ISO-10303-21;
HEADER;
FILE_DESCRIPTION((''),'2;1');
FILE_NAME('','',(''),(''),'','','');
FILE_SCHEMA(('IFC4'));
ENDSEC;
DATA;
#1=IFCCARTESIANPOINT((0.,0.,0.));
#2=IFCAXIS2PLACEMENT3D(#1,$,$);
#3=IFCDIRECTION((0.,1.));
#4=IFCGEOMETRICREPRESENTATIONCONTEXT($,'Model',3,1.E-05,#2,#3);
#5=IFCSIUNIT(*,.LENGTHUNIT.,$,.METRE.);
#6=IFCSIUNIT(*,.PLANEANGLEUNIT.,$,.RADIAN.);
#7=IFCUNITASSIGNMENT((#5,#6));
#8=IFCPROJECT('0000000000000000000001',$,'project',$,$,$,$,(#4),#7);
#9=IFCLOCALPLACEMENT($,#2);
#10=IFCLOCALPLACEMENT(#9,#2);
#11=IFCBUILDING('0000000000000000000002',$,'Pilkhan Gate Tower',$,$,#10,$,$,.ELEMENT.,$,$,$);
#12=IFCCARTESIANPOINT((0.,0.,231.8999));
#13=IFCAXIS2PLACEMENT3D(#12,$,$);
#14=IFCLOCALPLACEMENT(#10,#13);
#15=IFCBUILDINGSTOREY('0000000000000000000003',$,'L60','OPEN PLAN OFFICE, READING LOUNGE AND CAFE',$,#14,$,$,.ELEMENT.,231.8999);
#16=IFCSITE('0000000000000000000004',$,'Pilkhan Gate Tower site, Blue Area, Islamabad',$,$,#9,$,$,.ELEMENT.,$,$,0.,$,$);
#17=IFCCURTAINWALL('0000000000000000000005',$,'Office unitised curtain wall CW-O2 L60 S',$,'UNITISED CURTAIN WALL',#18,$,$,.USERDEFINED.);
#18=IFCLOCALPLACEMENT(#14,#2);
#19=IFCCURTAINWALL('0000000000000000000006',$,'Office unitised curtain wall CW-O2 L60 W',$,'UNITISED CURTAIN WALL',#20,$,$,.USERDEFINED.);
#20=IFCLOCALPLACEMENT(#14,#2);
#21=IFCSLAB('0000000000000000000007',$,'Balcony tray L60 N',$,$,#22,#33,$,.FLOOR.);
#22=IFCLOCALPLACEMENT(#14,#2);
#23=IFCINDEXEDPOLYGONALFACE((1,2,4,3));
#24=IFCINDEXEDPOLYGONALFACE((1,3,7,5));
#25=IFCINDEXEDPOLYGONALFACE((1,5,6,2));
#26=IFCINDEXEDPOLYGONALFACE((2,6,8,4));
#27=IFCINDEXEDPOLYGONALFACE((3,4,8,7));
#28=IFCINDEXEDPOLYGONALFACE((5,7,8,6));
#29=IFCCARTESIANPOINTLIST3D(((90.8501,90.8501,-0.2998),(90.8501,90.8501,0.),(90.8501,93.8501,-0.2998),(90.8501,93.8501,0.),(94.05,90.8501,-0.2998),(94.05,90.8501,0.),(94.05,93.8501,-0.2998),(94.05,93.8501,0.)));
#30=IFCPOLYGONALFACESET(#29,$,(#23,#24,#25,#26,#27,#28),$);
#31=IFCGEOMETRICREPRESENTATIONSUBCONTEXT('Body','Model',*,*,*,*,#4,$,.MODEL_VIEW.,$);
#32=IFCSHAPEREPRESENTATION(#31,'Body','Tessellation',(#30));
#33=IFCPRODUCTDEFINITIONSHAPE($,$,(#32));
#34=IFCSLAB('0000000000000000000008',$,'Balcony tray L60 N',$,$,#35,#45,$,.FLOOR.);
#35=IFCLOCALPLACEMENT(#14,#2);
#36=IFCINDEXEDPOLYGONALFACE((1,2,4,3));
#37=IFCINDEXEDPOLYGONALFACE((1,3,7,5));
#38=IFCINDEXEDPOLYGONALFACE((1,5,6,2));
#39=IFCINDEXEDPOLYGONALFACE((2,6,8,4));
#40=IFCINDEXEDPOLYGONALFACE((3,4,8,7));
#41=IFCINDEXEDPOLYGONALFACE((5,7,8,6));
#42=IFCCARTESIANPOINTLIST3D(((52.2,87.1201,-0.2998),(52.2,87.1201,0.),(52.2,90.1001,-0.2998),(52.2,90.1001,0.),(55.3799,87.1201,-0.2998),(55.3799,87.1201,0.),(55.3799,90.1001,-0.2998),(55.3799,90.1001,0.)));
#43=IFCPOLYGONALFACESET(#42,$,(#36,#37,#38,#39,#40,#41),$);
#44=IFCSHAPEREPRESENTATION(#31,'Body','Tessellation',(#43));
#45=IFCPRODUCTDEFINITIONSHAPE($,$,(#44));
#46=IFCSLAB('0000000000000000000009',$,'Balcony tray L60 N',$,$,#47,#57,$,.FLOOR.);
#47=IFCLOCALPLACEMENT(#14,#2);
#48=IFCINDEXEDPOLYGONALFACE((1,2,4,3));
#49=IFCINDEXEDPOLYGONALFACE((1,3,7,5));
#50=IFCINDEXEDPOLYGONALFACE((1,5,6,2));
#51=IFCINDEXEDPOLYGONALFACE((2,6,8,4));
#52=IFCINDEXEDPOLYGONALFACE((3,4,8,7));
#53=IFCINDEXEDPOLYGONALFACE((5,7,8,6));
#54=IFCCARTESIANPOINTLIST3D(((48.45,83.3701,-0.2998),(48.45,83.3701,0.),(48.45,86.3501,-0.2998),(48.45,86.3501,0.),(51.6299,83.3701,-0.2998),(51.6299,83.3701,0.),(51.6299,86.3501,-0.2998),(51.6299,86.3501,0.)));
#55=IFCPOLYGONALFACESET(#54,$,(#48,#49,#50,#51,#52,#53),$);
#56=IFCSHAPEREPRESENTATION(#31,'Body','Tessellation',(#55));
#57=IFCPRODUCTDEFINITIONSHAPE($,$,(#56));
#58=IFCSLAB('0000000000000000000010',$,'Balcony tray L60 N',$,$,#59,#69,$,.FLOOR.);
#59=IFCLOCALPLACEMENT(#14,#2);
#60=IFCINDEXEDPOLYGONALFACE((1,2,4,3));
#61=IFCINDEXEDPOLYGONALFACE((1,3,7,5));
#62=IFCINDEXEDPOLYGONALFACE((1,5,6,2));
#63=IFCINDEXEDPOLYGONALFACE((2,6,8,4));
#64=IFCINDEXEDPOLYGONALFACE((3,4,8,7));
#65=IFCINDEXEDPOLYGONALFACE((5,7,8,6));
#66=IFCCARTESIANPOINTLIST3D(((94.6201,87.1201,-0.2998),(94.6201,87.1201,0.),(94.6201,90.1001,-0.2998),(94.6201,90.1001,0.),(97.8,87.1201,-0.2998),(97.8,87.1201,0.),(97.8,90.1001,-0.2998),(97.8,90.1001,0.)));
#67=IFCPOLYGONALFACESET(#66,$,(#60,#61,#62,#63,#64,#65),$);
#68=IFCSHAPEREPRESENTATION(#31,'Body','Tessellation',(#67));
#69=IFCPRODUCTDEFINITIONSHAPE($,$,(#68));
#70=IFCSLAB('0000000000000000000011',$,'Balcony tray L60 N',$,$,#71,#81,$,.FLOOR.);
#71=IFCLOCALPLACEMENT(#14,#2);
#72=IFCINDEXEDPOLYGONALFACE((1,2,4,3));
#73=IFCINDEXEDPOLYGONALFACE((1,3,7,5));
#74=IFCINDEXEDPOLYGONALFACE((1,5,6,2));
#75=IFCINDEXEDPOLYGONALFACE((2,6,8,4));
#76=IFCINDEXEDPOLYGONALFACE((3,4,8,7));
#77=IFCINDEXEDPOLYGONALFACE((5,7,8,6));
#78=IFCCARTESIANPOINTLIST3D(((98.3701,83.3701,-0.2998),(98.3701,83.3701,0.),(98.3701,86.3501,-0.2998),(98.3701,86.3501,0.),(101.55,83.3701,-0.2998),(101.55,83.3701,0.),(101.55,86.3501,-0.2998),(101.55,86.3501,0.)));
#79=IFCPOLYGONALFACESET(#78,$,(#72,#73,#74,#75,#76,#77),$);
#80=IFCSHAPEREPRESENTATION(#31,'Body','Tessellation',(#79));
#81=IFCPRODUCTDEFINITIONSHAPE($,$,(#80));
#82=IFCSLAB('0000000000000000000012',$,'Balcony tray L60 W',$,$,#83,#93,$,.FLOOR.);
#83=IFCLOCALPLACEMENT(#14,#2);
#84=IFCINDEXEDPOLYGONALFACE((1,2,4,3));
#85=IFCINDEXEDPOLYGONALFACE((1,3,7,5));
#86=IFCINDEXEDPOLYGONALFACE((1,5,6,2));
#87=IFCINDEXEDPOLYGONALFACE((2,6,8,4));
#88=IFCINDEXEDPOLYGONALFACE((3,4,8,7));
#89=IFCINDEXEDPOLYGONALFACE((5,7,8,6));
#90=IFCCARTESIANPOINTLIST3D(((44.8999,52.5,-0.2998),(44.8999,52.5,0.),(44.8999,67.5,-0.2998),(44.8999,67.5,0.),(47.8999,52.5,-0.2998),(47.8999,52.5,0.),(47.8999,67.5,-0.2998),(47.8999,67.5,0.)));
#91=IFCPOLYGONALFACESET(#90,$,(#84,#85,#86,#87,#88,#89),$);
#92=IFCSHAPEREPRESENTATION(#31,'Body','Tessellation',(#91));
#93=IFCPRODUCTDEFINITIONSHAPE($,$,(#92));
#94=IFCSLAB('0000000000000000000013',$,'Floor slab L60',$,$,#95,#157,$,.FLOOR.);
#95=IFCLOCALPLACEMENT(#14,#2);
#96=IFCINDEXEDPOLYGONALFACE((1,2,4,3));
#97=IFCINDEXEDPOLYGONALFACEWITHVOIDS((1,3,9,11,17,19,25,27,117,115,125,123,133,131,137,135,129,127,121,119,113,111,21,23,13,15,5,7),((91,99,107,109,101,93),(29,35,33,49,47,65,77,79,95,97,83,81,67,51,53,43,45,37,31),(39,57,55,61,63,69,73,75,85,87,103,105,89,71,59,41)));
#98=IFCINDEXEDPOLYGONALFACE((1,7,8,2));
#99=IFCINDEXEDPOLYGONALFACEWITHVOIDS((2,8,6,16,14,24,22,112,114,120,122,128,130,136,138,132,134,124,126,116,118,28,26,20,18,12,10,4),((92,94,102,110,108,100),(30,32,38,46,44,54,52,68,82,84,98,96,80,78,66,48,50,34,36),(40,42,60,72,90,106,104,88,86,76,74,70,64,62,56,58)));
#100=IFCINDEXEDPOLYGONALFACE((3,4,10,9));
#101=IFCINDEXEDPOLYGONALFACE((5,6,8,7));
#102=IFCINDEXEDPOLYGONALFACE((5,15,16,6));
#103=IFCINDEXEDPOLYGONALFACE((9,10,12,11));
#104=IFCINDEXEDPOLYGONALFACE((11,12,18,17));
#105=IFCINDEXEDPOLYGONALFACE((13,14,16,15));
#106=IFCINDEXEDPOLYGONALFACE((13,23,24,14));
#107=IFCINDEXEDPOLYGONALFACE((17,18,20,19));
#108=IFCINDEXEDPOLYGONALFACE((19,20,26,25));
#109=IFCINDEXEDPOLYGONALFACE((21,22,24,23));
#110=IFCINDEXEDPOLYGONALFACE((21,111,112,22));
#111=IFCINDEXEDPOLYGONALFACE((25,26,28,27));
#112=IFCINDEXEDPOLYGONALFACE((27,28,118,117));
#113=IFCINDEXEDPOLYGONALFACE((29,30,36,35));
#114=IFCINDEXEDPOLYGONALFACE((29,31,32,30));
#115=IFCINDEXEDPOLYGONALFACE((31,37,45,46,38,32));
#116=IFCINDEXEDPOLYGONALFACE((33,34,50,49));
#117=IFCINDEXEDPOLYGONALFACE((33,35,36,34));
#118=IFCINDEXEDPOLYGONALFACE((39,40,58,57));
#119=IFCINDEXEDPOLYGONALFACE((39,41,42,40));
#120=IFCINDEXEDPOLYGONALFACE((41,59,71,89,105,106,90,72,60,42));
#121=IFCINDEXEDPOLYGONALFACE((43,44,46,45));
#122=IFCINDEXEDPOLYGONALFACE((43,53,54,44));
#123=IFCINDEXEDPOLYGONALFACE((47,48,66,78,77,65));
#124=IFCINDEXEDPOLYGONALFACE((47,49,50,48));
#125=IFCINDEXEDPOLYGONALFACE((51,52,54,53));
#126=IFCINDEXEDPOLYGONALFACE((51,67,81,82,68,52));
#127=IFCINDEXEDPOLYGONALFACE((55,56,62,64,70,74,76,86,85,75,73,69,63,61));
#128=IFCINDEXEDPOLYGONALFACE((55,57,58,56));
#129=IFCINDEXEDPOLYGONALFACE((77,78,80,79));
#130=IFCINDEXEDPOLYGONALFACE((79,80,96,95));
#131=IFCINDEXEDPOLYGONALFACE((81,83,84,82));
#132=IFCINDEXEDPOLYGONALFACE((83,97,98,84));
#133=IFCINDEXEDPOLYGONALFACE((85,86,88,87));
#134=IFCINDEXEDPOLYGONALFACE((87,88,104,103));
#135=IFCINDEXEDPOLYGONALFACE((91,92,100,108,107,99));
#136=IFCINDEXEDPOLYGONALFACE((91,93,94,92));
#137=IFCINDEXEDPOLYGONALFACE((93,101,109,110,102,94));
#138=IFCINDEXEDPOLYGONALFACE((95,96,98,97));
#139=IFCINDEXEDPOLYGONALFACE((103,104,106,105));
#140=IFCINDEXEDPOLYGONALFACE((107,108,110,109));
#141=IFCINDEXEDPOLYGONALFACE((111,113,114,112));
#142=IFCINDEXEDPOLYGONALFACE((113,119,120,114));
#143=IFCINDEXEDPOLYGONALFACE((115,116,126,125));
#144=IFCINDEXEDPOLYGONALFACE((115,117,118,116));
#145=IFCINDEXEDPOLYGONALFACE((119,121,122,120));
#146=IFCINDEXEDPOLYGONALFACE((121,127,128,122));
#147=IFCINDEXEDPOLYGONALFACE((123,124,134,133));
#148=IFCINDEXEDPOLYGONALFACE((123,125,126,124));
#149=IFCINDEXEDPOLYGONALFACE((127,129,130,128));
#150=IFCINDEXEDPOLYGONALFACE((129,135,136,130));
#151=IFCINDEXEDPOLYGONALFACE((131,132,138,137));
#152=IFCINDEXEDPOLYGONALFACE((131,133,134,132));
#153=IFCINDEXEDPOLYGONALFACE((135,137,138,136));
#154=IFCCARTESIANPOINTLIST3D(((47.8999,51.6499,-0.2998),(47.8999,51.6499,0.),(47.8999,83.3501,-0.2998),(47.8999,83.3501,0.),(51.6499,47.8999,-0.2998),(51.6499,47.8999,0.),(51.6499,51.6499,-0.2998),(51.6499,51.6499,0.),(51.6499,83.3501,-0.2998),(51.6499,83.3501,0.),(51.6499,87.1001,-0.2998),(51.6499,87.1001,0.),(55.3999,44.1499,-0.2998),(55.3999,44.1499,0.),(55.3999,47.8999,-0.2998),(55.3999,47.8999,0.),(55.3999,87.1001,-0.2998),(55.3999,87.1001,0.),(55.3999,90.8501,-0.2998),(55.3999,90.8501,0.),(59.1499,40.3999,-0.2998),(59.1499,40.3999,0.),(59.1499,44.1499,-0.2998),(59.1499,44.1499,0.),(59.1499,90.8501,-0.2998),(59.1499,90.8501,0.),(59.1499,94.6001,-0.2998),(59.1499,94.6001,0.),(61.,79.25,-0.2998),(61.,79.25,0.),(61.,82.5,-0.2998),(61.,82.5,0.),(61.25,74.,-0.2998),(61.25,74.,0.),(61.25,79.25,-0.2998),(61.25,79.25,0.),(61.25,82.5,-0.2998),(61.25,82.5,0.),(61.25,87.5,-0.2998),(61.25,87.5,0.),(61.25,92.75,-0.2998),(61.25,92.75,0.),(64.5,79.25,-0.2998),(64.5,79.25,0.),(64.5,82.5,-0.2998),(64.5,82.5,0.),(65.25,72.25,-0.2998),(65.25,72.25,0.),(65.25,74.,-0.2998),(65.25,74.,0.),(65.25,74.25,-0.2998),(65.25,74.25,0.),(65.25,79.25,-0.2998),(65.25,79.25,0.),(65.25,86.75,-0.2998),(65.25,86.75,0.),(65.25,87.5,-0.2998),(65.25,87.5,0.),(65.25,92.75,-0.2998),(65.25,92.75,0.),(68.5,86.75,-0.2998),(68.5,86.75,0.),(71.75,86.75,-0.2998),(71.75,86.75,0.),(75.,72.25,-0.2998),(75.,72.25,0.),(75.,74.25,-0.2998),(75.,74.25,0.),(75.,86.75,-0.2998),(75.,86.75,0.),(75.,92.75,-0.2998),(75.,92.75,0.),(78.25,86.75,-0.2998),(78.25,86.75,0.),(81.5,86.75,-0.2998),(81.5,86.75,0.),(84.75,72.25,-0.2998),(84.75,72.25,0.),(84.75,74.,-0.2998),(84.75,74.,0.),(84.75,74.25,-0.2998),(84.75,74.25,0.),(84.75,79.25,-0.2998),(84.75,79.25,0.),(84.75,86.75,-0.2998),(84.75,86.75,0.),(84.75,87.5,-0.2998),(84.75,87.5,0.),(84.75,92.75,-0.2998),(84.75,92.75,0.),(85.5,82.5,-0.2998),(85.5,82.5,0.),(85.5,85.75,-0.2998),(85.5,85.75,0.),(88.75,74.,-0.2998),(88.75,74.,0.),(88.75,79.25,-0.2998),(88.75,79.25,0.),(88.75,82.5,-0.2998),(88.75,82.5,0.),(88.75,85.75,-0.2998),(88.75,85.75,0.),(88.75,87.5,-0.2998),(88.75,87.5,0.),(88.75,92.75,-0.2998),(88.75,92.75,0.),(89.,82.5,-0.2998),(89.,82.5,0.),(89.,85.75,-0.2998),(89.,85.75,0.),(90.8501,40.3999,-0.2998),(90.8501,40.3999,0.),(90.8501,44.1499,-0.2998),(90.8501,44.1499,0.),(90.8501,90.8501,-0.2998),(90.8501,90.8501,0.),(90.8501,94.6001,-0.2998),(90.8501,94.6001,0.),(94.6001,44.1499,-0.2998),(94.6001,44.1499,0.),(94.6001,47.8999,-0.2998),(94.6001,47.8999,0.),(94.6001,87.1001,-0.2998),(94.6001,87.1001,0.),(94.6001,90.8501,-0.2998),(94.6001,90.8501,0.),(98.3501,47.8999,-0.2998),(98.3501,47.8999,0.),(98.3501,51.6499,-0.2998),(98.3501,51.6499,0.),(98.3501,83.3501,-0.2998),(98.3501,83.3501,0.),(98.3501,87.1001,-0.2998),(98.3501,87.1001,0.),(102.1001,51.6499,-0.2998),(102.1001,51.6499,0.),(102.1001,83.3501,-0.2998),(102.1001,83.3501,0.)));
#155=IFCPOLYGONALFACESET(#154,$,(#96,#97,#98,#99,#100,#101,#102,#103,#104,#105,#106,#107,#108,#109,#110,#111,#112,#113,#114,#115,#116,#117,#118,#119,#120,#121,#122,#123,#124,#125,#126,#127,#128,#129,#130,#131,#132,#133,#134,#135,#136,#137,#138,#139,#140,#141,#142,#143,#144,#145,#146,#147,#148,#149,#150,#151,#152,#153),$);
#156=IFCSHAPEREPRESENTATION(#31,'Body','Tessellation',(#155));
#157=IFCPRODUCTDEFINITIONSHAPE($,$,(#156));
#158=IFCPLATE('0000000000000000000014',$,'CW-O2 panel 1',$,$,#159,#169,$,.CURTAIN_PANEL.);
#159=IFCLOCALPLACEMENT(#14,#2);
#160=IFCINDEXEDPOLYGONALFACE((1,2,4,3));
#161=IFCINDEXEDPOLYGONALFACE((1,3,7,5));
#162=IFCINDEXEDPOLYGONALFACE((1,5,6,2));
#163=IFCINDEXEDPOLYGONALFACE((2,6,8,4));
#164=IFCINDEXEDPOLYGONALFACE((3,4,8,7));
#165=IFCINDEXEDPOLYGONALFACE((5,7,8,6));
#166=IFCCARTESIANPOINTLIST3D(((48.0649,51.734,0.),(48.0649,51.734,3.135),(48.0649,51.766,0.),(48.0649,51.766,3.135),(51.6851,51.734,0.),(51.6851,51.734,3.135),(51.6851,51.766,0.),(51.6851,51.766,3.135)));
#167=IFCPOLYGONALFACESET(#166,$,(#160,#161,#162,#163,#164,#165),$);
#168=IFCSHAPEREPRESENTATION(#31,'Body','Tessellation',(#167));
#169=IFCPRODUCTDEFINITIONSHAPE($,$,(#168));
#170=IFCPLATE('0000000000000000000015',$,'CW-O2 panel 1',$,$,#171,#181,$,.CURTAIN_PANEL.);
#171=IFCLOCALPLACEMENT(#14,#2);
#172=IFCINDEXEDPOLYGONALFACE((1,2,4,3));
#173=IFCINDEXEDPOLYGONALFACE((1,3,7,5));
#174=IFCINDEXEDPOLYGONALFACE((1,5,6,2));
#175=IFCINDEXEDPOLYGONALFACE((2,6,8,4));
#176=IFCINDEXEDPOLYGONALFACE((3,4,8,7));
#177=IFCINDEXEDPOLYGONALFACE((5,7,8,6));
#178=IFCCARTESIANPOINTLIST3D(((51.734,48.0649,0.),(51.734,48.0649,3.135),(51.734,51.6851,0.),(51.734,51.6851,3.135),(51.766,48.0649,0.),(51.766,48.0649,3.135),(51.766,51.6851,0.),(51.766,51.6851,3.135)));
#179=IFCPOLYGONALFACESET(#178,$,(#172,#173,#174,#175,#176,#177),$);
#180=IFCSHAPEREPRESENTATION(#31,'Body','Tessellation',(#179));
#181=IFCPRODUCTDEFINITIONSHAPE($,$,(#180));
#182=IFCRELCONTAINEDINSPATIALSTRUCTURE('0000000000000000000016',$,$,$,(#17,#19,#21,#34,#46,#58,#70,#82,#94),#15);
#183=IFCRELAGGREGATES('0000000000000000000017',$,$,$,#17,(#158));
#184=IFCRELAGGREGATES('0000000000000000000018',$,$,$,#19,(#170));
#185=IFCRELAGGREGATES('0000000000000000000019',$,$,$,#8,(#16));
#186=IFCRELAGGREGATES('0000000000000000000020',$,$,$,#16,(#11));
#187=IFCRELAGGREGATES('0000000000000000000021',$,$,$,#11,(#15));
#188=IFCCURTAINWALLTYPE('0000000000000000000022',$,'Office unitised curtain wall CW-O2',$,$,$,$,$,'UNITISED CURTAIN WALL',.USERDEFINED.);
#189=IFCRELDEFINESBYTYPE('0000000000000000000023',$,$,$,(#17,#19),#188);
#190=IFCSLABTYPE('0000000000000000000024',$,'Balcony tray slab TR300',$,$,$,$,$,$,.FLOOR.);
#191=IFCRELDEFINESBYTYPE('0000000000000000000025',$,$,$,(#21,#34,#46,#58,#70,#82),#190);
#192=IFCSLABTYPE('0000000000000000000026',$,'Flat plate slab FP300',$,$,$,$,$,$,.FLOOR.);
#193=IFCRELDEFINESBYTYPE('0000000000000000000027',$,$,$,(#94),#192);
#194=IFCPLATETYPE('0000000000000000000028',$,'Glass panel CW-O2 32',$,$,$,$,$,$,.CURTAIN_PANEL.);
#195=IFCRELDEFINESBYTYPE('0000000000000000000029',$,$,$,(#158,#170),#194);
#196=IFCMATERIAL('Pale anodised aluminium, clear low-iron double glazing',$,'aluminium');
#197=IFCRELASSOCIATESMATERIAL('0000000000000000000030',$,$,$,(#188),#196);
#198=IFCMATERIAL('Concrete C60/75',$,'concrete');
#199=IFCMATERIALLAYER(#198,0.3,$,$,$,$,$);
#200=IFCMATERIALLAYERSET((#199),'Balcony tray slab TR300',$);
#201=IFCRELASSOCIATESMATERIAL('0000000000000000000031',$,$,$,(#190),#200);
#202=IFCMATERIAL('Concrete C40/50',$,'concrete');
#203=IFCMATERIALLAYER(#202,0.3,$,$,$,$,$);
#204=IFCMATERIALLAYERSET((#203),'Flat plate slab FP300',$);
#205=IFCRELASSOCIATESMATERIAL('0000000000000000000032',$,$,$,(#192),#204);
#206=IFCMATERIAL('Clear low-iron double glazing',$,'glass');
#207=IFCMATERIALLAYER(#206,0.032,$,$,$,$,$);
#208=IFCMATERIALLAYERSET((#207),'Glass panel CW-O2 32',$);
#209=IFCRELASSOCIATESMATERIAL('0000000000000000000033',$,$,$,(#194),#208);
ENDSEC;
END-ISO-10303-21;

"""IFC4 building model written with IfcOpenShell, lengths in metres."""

from ifc_helpers import new_model, si_unit, direction, frame, origin, origin_2d, place, context, subcontext, project, spatial, polyline, rectangle, outline, extrude, material, layer, layer_set, type_object, element, aggregate, save


model = new_model("IFC4")

# Units and contexts
model_context = context("Model", 3, precision=1e-05, world=origin(), true_north=direction((0.0, 1.0)))
body_context = subcontext(model_context, "Body", "Model", "MODEL_VIEW")
ifc_project = project(units=[si_unit("LENGTHUNIT", "METRE"), si_unit("PLANEANGLEUNIT", "RADIAN")], contexts=[model_context])

# Site, building, storey
site_placement = place(None, origin())
site = spatial("IfcSite", under=ifc_project, at=site_placement, Name="Pilkhan Gate Tower site, Blue Area, Islamabad", CompositionType="ELEMENT", RefElevation=0.0)
building_placement = place(site_placement, origin())
building = spatial("IfcBuilding", under=site, at=building_placement, Name="Pilkhan Gate Tower", CompositionType="ELEMENT")
storey_placement = place(building_placement, frame((0.0, 0.0, 231.8999)))
storey = spatial("IfcBuildingStorey", under=building, at=storey_placement, Name="L60", Description="OPEN PLAN OFFICE, READING LOUNGE AND CAFE", CompositionType="ELEMENT", Elevation=231.8999)

# Shared definitions
ifc_material_1 = material(Name="Pale anodised aluminium, clear low-iron double glazing", Category="aluminium")
curtain_wall_type = type_object("IfcCurtainWallType", Name="Office unitised curtain wall CW-O2", ElementType="UNITISED CURTAIN WALL", PredefinedType="USERDEFINED", material=ifc_material_1)

# Curtain walls
curtain_wall_1_placement = place(storey_placement, origin())
curtain_wall_1 = element("IfcCurtainWall", 1, at=curtain_wall_1_placement, inside=storey, type_object=curtain_wall_type, Name="Office unitised curtain wall CW-O2 L60 S", ObjectType="UNITISED CURTAIN WALL", PredefinedType="USERDEFINED")
curtain_wall_2_placement = place(storey_placement, origin())
curtain_wall_2 = element("IfcCurtainWall", 2, at=curtain_wall_2_placement, inside=storey, type_object=curtain_wall_type, Name="Office unitised curtain wall CW-O2 L60 W", ObjectType="UNITISED CURTAIN WALL", PredefinedType="USERDEFINED")

# Slabs
ifc_material_2 = material(Name="Concrete C60/75", Category="concrete")
ifc_layer_1 = layer(ifc_material_2, 0.3)
ifc_layer_set_1 = layer_set([ifc_layer_1], Name="Balcony tray slab TR300")
slab_type_1 = type_object("IfcSlabType", Name="Balcony tray slab TR300", PredefinedType="FLOOR", material=ifc_layer_set_1)
slab_1_placement = place(storey_placement, frame((0.0, 0.0, -0.2998)))
element("IfcSlab", 3, at=slab_1_placement, inside=storey, type_object=slab_type_1, Name="Balcony tray L60 N", PredefinedType="FLOOR", context=body_context, shape_type="SweptSolid", body=[
    extrude(outline(polyline([(94.05, 90.8501), (94.05, 93.8501), (90.8501, 93.8501), (90.8501, 90.8501), (94.05, 90.8501)])), origin(), (0.0, 0.0, 1.0), 0.2998),
])
slab_2_placement = place(storey_placement, frame((0.0, 0.0, -0.2998)))
element("IfcSlab", 4, at=slab_2_placement, inside=storey, type_object=slab_type_1, Name="Balcony tray L60 N", PredefinedType="FLOOR", context=body_context, shape_type="SweptSolid", body=[
    extrude(outline(polyline([(55.3799, 87.1201), (55.3799, 90.1001), (52.2, 90.1001), (52.2, 87.1201), (55.3799, 87.1201)])), origin(), (0.0, 0.0, 1.0), 0.2998),
])
slab_3_placement = place(storey_placement, frame((0.0, 0.0, -0.2998)))
element("IfcSlab", 5, at=slab_3_placement, inside=storey, type_object=slab_type_1, Name="Balcony tray L60 N", PredefinedType="FLOOR", context=body_context, shape_type="SweptSolid", body=[
    extrude(outline(polyline([(51.6299, 83.3701), (51.6299, 86.3501), (48.45, 86.3501), (48.45, 83.3701), (51.6299, 83.3701)])), origin(), (0.0, 0.0, 1.0), 0.2998),
])
slab_4_placement = place(storey_placement, frame((0.0, 0.0, -0.2998)))
element("IfcSlab", 6, at=slab_4_placement, inside=storey, type_object=slab_type_1, Name="Balcony tray L60 N", PredefinedType="FLOOR", context=body_context, shape_type="SweptSolid", body=[
    extrude(outline(polyline([(97.8, 87.1201), (97.8, 90.1001), (94.6201, 90.1001), (94.6201, 87.1201), (97.8, 87.1201)])), origin(), (0.0, 0.0, 1.0), 0.2998),
])
slab_5_placement = place(storey_placement, frame((0.0, 0.0, -0.2998)))
element("IfcSlab", 7, at=slab_5_placement, inside=storey, type_object=slab_type_1, Name="Balcony tray L60 N", PredefinedType="FLOOR", context=body_context, shape_type="SweptSolid", body=[
    extrude(outline(polyline([(101.55, 83.3701), (101.55, 86.3501), (98.3701, 86.3501), (98.3701, 83.3701), (101.55, 83.3701)])), origin(), (0.0, 0.0, 1.0), 0.2998),
])
slab_6_placement = place(storey_placement, frame((0.0, 0.0, -0.2998)))
element("IfcSlab", 8, at=slab_6_placement, inside=storey, type_object=slab_type_1, Name="Balcony tray L60 W", PredefinedType="FLOOR", context=body_context, shape_type="SweptSolid", body=[
    extrude(outline(polyline([(47.8999, 52.5), (47.8999, 67.5), (44.8999, 67.5), (44.8999, 52.5), (47.8999, 52.5)])), origin(), (0.0, 0.0, 1.0), 0.2998),
])
ifc_material_3 = material(Name="Concrete C40/50", Category="concrete")
ifc_layer_2 = layer(ifc_material_3, 0.3)
ifc_layer_set_2 = layer_set([ifc_layer_2], Name="Flat plate slab FP300")
slab_type_2 = type_object("IfcSlabType", Name="Flat plate slab FP300", PredefinedType="FLOOR", material=ifc_layer_set_2)
slab_7_placement = place(storey_placement, frame((0.0, 0.0, -0.2998)))
element("IfcSlab", 9, at=slab_7_placement, inside=storey, type_object=slab_type_2, Name="Floor slab L60", PredefinedType="FLOOR", context=body_context, shape_type="SweptSolid", body=[
    extrude(outline(polyline([(98.3501, 47.8999), (94.6001, 47.8999), (94.6001, 44.1499), (90.8501, 44.1499), (90.8501, 40.3999), (59.1499, 40.3999), (59.1499, 44.1499), (55.3999, 44.1499), (55.3999, 47.8999), (51.6499, 47.8999), (51.6499, 51.6499), (47.8999, 51.6499), (47.8999, 83.3501), (51.6499, 83.3501), (51.6499, 87.1001), (55.3999, 87.1001), (55.3999, 90.8501), (59.1499, 90.8501), (59.1499, 94.6001), (90.8501, 94.6001), (90.8501, 90.8501), (94.6001, 90.8501), (94.6001, 87.1001), (98.3501, 87.1001), (98.3501, 83.3501), (102.1001, 83.3501), (102.1001, 51.6499), (98.3501, 51.6499), (98.3501, 47.8999)]), holes=[polyline([(75.0, 72.25), (84.75, 72.25), (84.75, 74.0), (88.75, 74.0), (88.75, 79.25), (84.75, 79.25), (84.75, 74.25), (75.0, 74.25), (65.25, 74.25), (65.25, 79.25), (64.5, 79.25), (64.5, 82.5), (61.25, 82.5), (61.0, 82.5), (61.0, 79.25), (61.25, 79.25), (61.25, 74.0), (65.25, 74.0), (65.25, 72.25), (75.0, 72.25)]), polyline([(68.5, 86.75), (71.75, 86.75), (75.0, 86.75), (78.25, 86.75), (81.5, 86.75), (84.75, 86.75), (84.75, 87.5), (88.75, 87.5), (88.75, 92.75), (84.75, 92.75), (75.0, 92.75), (65.25, 92.75), (61.25, 92.75), (61.25, 87.5), (65.25, 87.5), (65.25, 86.75), (68.5, 86.75)]), polyline([(85.5, 85.75), (85.5, 82.5), (88.75, 82.5), (89.0, 82.5), (89.0, 85.75), (88.75, 85.75), (85.5, 85.75)])]), origin(), (0.0, 0.0, 1.0), 0.2998),
])

# Plates
ifc_material_4 = material(Name="Clear low-iron double glazing", Category="glass")
ifc_layer_3 = layer(ifc_material_4, 0.032)
ifc_layer_set_3 = layer_set([ifc_layer_3], Name="Glass panel CW-O2 32")
plate_type = type_object("IfcPlateType", Name="Glass panel CW-O2 32", PredefinedType="CURTAIN_PANEL", material=ifc_layer_set_3)
plate_1_placement = place(storey_placement, frame((49.875, 51.75, 0.0), z_axis=(0.0, 0.0, 1.0), x_axis=(1.0, 0.0, 0.0)))
plate_1 = element("IfcPlate", 10, at=plate_1_placement, type_object=plate_type, Name="CW-O2 panel 1", PredefinedType="CURTAIN_PANEL", context=body_context, shape_type="SweptSolid", body=[
    extrude(rectangle(XDim=3.6201, YDim=0.032, at=origin_2d()), origin(), (0.0, 0.0, 1.0), 3.135),
])
aggregate(curtain_wall_1, [plate_1])
plate_2_placement = place(storey_placement, frame((51.75, 49.875, 0.0), z_axis=(0.0, 0.0, 1.0), x_axis=(0.0, 1.0, 0.0)))
plate_2 = element("IfcPlate", 11, at=plate_2_placement, type_object=plate_type, Name="CW-O2 panel 1", PredefinedType="CURTAIN_PANEL", context=body_context, shape_type="SweptSolid", body=[
    extrude(rectangle(XDim=3.6201, YDim=0.032, at=origin_2d()), origin(), (0.0, 0.0, 1.0), 3.135),
])
aggregate(curtain_wall_2, [plate_2])

save(model, "model.ifc")
